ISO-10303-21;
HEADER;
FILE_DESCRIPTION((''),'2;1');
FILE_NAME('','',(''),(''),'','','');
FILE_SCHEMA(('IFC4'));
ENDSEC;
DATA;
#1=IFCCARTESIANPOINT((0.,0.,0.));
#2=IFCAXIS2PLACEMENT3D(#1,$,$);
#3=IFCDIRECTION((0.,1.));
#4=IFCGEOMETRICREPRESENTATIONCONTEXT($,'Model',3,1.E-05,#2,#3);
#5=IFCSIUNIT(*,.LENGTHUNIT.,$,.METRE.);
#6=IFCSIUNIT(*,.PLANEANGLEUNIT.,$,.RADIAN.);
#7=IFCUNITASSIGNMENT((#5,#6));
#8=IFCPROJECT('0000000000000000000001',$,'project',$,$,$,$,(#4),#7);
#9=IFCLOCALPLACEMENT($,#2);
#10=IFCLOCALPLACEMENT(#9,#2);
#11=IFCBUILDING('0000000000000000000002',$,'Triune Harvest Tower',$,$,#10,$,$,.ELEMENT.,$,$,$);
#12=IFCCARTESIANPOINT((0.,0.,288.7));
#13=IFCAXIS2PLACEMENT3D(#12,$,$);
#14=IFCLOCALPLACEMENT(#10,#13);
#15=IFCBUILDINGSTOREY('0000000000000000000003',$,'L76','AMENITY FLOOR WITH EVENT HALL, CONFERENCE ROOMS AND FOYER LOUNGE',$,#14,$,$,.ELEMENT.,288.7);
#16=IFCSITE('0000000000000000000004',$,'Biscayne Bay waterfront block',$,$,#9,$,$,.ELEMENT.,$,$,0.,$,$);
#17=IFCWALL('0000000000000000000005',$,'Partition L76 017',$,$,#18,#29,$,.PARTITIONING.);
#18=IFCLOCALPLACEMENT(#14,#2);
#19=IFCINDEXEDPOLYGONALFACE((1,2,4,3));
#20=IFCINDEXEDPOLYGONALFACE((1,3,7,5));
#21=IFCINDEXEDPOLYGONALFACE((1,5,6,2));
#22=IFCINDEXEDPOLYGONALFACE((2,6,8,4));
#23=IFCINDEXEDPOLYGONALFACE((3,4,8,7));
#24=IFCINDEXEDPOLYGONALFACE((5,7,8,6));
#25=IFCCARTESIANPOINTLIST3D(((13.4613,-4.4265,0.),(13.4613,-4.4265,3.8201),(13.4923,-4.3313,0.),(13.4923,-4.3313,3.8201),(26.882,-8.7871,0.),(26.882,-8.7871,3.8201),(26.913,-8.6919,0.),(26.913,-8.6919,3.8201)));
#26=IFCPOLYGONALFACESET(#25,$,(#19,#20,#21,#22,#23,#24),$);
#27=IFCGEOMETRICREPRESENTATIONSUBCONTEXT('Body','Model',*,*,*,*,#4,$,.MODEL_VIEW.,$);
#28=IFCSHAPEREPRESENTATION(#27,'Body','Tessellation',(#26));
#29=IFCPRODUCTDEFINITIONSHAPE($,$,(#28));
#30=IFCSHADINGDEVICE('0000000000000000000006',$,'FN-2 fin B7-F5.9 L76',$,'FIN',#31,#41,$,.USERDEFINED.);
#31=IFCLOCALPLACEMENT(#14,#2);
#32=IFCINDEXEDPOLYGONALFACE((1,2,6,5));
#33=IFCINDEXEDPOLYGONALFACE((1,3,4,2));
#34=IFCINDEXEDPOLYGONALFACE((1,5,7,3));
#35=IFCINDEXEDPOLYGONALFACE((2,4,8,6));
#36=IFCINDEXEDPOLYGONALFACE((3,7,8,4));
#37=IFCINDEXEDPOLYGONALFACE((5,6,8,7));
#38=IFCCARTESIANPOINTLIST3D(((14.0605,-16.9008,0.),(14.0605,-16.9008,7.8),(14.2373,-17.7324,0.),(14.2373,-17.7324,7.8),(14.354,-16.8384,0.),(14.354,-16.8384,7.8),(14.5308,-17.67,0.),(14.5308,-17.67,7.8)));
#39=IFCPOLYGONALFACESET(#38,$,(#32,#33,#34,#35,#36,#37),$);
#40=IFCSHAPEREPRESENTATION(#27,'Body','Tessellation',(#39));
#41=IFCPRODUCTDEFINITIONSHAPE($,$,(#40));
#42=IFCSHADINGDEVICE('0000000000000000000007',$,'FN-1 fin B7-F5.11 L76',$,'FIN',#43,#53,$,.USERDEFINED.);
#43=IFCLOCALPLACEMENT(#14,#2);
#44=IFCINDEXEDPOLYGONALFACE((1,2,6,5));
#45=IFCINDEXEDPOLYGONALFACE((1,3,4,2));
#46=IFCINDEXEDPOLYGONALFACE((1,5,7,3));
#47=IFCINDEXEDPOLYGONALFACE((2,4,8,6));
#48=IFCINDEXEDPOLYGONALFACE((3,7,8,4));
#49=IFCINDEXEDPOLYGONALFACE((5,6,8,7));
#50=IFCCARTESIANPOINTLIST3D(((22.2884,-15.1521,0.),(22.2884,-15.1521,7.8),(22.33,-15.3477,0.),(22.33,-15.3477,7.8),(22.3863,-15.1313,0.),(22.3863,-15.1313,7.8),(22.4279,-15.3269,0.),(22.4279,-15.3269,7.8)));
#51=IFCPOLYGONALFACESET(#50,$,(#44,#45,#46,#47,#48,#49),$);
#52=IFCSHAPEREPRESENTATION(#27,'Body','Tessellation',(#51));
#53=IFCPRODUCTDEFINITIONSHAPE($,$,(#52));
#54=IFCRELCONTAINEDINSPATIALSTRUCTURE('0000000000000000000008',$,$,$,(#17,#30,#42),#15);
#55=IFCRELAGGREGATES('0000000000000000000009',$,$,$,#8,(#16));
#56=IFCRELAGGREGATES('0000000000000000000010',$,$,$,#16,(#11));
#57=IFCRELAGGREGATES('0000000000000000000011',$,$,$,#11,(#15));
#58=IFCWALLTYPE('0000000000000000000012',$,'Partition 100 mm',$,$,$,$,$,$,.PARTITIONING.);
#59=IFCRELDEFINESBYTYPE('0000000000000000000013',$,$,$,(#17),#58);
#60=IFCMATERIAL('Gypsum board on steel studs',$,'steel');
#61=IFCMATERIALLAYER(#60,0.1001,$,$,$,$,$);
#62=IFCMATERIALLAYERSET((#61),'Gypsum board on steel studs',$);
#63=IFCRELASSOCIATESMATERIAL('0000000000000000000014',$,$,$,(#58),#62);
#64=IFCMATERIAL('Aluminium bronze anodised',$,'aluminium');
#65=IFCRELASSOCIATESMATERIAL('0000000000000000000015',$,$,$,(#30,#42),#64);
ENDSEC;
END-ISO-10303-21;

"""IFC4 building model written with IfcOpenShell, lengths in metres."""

from ifc_helpers import new_model, si_unit, direction, frame, frame_2d, origin, origin_2d, place, context, subcontext, project, spatial, rectangle, extrude, source, transform, mapped, material, layer, layer_set, type_object, element, save


model = new_model("IFC4")

# Units and contexts
model_context = context("Model", 3, precision=1e-05, world=origin(), true_north=direction((0.0, 1.0)))
body_context = subcontext(model_context, "Body", "Model", "MODEL_VIEW")
ifc_project = project(units=[si_unit("LENGTHUNIT", "METRE"), si_unit("PLANEANGLEUNIT", "RADIAN")], contexts=[model_context])

# Site, building, storey
site_placement = place(None, origin())
site = spatial("IfcSite", under=ifc_project, at=site_placement, Name="Biscayne Bay waterfront block", CompositionType="ELEMENT", RefElevation=0.0)
building_placement = place(site_placement, origin())
building = spatial("IfcBuilding", under=site, at=building_placement, Name="Triune Harvest Tower", CompositionType="ELEMENT")
storey_placement = place(building_placement, frame((0.0, 0.0, 288.7)))
storey = spatial("IfcBuildingStorey", under=building, at=storey_placement, Name="L76", Description="AMENITY FLOOR WITH EVENT HALL, CONFERENCE ROOMS AND FOYER LOUNGE", CompositionType="ELEMENT", Elevation=288.7)

# Wall
ifc_material_1 = material(Name="Gypsum board on steel studs", Category="steel")
ifc_layer_1 = layer(ifc_material_1, 0.1001)
ifc_layer_set_1 = layer_set([ifc_layer_1], Name="Gypsum board on steel studs")
wall_type = type_object("IfcWallType", Name="Partition 100 mm", PredefinedType="PARTITIONING", material=ifc_layer_set_1)
wall_placement = place(storey_placement, frame((13.4768, -4.3789, 0.0), z_axis=(0.0, 0.0, 1.0), x_axis=(0.951057, -0.309014, 0.0)))
element("IfcWall", 1, at=wall_placement, inside=storey, type_object=wall_type, Name="Partition L76 017", PredefinedType="PARTITIONING", context=body_context, shape_type="SweptSolid", body=[
    extrude(rectangle(XDim=14.1113, YDim=0.1001, at=frame_2d((7.0557, 0.0))), origin(), (0.0, 0.0, 1.0), 3.8201),
])

# Shading devices
ifc_material_2 = material(Name="Aluminium bronze anodised", Category="aluminium")
shared_shape_1 = source(origin(), body_context, "Body", "SweptSolid", [
    extrude(rectangle(XDim=0.3, YDim=0.8501, at=origin_2d()), origin(), (0.0, 0.0, 1.0), 7.8),
])
shading_device_1_placement = place(storey_placement, frame((14.2957, -17.2854, 0.0), z_axis=(0.0, 0.0, 1.0), x_axis=(0.978148, 0.207911, 0.0)))
element("IfcShadingDevice", 2, at=shading_device_1_placement, inside=storey, material=ifc_material_2, Name="FN-2 fin B7-F5.9 L76", ObjectType="FIN", PredefinedType="USERDEFINED", context=body_context, shape_type="MappedRepresentation", body=[
    mapped(shared_shape_1, transform((0.0, 0.0, 0.0), scale=1.0)),
])
shared_shape_2 = source(origin(), body_context, "Body", "SweptSolid", [
    extrude(rectangle(XDim=0.1001, YDim=0.2, at=origin_2d()), origin(), (0.0, 0.0, 1.0), 7.8),
])
shading_device_2_placement = place(storey_placement, frame((22.3582, -15.2395, 0.0), z_axis=(0.0, 0.0, 1.0), x_axis=(0.978148, 0.207911, 0.0)))
element("IfcShadingDevice", 3, at=shading_device_2_placement, inside=storey, material=ifc_material_2, Name="FN-1 fin B7-F5.11 L76", ObjectType="FIN", PredefinedType="USERDEFINED", context=body_context, shape_type="MappedRepresentation", body=[
    mapped(shared_shape_2, transform((0.0, 0.0, 0.0), scale=1.0)),
])

save(model, "model.ifc")
